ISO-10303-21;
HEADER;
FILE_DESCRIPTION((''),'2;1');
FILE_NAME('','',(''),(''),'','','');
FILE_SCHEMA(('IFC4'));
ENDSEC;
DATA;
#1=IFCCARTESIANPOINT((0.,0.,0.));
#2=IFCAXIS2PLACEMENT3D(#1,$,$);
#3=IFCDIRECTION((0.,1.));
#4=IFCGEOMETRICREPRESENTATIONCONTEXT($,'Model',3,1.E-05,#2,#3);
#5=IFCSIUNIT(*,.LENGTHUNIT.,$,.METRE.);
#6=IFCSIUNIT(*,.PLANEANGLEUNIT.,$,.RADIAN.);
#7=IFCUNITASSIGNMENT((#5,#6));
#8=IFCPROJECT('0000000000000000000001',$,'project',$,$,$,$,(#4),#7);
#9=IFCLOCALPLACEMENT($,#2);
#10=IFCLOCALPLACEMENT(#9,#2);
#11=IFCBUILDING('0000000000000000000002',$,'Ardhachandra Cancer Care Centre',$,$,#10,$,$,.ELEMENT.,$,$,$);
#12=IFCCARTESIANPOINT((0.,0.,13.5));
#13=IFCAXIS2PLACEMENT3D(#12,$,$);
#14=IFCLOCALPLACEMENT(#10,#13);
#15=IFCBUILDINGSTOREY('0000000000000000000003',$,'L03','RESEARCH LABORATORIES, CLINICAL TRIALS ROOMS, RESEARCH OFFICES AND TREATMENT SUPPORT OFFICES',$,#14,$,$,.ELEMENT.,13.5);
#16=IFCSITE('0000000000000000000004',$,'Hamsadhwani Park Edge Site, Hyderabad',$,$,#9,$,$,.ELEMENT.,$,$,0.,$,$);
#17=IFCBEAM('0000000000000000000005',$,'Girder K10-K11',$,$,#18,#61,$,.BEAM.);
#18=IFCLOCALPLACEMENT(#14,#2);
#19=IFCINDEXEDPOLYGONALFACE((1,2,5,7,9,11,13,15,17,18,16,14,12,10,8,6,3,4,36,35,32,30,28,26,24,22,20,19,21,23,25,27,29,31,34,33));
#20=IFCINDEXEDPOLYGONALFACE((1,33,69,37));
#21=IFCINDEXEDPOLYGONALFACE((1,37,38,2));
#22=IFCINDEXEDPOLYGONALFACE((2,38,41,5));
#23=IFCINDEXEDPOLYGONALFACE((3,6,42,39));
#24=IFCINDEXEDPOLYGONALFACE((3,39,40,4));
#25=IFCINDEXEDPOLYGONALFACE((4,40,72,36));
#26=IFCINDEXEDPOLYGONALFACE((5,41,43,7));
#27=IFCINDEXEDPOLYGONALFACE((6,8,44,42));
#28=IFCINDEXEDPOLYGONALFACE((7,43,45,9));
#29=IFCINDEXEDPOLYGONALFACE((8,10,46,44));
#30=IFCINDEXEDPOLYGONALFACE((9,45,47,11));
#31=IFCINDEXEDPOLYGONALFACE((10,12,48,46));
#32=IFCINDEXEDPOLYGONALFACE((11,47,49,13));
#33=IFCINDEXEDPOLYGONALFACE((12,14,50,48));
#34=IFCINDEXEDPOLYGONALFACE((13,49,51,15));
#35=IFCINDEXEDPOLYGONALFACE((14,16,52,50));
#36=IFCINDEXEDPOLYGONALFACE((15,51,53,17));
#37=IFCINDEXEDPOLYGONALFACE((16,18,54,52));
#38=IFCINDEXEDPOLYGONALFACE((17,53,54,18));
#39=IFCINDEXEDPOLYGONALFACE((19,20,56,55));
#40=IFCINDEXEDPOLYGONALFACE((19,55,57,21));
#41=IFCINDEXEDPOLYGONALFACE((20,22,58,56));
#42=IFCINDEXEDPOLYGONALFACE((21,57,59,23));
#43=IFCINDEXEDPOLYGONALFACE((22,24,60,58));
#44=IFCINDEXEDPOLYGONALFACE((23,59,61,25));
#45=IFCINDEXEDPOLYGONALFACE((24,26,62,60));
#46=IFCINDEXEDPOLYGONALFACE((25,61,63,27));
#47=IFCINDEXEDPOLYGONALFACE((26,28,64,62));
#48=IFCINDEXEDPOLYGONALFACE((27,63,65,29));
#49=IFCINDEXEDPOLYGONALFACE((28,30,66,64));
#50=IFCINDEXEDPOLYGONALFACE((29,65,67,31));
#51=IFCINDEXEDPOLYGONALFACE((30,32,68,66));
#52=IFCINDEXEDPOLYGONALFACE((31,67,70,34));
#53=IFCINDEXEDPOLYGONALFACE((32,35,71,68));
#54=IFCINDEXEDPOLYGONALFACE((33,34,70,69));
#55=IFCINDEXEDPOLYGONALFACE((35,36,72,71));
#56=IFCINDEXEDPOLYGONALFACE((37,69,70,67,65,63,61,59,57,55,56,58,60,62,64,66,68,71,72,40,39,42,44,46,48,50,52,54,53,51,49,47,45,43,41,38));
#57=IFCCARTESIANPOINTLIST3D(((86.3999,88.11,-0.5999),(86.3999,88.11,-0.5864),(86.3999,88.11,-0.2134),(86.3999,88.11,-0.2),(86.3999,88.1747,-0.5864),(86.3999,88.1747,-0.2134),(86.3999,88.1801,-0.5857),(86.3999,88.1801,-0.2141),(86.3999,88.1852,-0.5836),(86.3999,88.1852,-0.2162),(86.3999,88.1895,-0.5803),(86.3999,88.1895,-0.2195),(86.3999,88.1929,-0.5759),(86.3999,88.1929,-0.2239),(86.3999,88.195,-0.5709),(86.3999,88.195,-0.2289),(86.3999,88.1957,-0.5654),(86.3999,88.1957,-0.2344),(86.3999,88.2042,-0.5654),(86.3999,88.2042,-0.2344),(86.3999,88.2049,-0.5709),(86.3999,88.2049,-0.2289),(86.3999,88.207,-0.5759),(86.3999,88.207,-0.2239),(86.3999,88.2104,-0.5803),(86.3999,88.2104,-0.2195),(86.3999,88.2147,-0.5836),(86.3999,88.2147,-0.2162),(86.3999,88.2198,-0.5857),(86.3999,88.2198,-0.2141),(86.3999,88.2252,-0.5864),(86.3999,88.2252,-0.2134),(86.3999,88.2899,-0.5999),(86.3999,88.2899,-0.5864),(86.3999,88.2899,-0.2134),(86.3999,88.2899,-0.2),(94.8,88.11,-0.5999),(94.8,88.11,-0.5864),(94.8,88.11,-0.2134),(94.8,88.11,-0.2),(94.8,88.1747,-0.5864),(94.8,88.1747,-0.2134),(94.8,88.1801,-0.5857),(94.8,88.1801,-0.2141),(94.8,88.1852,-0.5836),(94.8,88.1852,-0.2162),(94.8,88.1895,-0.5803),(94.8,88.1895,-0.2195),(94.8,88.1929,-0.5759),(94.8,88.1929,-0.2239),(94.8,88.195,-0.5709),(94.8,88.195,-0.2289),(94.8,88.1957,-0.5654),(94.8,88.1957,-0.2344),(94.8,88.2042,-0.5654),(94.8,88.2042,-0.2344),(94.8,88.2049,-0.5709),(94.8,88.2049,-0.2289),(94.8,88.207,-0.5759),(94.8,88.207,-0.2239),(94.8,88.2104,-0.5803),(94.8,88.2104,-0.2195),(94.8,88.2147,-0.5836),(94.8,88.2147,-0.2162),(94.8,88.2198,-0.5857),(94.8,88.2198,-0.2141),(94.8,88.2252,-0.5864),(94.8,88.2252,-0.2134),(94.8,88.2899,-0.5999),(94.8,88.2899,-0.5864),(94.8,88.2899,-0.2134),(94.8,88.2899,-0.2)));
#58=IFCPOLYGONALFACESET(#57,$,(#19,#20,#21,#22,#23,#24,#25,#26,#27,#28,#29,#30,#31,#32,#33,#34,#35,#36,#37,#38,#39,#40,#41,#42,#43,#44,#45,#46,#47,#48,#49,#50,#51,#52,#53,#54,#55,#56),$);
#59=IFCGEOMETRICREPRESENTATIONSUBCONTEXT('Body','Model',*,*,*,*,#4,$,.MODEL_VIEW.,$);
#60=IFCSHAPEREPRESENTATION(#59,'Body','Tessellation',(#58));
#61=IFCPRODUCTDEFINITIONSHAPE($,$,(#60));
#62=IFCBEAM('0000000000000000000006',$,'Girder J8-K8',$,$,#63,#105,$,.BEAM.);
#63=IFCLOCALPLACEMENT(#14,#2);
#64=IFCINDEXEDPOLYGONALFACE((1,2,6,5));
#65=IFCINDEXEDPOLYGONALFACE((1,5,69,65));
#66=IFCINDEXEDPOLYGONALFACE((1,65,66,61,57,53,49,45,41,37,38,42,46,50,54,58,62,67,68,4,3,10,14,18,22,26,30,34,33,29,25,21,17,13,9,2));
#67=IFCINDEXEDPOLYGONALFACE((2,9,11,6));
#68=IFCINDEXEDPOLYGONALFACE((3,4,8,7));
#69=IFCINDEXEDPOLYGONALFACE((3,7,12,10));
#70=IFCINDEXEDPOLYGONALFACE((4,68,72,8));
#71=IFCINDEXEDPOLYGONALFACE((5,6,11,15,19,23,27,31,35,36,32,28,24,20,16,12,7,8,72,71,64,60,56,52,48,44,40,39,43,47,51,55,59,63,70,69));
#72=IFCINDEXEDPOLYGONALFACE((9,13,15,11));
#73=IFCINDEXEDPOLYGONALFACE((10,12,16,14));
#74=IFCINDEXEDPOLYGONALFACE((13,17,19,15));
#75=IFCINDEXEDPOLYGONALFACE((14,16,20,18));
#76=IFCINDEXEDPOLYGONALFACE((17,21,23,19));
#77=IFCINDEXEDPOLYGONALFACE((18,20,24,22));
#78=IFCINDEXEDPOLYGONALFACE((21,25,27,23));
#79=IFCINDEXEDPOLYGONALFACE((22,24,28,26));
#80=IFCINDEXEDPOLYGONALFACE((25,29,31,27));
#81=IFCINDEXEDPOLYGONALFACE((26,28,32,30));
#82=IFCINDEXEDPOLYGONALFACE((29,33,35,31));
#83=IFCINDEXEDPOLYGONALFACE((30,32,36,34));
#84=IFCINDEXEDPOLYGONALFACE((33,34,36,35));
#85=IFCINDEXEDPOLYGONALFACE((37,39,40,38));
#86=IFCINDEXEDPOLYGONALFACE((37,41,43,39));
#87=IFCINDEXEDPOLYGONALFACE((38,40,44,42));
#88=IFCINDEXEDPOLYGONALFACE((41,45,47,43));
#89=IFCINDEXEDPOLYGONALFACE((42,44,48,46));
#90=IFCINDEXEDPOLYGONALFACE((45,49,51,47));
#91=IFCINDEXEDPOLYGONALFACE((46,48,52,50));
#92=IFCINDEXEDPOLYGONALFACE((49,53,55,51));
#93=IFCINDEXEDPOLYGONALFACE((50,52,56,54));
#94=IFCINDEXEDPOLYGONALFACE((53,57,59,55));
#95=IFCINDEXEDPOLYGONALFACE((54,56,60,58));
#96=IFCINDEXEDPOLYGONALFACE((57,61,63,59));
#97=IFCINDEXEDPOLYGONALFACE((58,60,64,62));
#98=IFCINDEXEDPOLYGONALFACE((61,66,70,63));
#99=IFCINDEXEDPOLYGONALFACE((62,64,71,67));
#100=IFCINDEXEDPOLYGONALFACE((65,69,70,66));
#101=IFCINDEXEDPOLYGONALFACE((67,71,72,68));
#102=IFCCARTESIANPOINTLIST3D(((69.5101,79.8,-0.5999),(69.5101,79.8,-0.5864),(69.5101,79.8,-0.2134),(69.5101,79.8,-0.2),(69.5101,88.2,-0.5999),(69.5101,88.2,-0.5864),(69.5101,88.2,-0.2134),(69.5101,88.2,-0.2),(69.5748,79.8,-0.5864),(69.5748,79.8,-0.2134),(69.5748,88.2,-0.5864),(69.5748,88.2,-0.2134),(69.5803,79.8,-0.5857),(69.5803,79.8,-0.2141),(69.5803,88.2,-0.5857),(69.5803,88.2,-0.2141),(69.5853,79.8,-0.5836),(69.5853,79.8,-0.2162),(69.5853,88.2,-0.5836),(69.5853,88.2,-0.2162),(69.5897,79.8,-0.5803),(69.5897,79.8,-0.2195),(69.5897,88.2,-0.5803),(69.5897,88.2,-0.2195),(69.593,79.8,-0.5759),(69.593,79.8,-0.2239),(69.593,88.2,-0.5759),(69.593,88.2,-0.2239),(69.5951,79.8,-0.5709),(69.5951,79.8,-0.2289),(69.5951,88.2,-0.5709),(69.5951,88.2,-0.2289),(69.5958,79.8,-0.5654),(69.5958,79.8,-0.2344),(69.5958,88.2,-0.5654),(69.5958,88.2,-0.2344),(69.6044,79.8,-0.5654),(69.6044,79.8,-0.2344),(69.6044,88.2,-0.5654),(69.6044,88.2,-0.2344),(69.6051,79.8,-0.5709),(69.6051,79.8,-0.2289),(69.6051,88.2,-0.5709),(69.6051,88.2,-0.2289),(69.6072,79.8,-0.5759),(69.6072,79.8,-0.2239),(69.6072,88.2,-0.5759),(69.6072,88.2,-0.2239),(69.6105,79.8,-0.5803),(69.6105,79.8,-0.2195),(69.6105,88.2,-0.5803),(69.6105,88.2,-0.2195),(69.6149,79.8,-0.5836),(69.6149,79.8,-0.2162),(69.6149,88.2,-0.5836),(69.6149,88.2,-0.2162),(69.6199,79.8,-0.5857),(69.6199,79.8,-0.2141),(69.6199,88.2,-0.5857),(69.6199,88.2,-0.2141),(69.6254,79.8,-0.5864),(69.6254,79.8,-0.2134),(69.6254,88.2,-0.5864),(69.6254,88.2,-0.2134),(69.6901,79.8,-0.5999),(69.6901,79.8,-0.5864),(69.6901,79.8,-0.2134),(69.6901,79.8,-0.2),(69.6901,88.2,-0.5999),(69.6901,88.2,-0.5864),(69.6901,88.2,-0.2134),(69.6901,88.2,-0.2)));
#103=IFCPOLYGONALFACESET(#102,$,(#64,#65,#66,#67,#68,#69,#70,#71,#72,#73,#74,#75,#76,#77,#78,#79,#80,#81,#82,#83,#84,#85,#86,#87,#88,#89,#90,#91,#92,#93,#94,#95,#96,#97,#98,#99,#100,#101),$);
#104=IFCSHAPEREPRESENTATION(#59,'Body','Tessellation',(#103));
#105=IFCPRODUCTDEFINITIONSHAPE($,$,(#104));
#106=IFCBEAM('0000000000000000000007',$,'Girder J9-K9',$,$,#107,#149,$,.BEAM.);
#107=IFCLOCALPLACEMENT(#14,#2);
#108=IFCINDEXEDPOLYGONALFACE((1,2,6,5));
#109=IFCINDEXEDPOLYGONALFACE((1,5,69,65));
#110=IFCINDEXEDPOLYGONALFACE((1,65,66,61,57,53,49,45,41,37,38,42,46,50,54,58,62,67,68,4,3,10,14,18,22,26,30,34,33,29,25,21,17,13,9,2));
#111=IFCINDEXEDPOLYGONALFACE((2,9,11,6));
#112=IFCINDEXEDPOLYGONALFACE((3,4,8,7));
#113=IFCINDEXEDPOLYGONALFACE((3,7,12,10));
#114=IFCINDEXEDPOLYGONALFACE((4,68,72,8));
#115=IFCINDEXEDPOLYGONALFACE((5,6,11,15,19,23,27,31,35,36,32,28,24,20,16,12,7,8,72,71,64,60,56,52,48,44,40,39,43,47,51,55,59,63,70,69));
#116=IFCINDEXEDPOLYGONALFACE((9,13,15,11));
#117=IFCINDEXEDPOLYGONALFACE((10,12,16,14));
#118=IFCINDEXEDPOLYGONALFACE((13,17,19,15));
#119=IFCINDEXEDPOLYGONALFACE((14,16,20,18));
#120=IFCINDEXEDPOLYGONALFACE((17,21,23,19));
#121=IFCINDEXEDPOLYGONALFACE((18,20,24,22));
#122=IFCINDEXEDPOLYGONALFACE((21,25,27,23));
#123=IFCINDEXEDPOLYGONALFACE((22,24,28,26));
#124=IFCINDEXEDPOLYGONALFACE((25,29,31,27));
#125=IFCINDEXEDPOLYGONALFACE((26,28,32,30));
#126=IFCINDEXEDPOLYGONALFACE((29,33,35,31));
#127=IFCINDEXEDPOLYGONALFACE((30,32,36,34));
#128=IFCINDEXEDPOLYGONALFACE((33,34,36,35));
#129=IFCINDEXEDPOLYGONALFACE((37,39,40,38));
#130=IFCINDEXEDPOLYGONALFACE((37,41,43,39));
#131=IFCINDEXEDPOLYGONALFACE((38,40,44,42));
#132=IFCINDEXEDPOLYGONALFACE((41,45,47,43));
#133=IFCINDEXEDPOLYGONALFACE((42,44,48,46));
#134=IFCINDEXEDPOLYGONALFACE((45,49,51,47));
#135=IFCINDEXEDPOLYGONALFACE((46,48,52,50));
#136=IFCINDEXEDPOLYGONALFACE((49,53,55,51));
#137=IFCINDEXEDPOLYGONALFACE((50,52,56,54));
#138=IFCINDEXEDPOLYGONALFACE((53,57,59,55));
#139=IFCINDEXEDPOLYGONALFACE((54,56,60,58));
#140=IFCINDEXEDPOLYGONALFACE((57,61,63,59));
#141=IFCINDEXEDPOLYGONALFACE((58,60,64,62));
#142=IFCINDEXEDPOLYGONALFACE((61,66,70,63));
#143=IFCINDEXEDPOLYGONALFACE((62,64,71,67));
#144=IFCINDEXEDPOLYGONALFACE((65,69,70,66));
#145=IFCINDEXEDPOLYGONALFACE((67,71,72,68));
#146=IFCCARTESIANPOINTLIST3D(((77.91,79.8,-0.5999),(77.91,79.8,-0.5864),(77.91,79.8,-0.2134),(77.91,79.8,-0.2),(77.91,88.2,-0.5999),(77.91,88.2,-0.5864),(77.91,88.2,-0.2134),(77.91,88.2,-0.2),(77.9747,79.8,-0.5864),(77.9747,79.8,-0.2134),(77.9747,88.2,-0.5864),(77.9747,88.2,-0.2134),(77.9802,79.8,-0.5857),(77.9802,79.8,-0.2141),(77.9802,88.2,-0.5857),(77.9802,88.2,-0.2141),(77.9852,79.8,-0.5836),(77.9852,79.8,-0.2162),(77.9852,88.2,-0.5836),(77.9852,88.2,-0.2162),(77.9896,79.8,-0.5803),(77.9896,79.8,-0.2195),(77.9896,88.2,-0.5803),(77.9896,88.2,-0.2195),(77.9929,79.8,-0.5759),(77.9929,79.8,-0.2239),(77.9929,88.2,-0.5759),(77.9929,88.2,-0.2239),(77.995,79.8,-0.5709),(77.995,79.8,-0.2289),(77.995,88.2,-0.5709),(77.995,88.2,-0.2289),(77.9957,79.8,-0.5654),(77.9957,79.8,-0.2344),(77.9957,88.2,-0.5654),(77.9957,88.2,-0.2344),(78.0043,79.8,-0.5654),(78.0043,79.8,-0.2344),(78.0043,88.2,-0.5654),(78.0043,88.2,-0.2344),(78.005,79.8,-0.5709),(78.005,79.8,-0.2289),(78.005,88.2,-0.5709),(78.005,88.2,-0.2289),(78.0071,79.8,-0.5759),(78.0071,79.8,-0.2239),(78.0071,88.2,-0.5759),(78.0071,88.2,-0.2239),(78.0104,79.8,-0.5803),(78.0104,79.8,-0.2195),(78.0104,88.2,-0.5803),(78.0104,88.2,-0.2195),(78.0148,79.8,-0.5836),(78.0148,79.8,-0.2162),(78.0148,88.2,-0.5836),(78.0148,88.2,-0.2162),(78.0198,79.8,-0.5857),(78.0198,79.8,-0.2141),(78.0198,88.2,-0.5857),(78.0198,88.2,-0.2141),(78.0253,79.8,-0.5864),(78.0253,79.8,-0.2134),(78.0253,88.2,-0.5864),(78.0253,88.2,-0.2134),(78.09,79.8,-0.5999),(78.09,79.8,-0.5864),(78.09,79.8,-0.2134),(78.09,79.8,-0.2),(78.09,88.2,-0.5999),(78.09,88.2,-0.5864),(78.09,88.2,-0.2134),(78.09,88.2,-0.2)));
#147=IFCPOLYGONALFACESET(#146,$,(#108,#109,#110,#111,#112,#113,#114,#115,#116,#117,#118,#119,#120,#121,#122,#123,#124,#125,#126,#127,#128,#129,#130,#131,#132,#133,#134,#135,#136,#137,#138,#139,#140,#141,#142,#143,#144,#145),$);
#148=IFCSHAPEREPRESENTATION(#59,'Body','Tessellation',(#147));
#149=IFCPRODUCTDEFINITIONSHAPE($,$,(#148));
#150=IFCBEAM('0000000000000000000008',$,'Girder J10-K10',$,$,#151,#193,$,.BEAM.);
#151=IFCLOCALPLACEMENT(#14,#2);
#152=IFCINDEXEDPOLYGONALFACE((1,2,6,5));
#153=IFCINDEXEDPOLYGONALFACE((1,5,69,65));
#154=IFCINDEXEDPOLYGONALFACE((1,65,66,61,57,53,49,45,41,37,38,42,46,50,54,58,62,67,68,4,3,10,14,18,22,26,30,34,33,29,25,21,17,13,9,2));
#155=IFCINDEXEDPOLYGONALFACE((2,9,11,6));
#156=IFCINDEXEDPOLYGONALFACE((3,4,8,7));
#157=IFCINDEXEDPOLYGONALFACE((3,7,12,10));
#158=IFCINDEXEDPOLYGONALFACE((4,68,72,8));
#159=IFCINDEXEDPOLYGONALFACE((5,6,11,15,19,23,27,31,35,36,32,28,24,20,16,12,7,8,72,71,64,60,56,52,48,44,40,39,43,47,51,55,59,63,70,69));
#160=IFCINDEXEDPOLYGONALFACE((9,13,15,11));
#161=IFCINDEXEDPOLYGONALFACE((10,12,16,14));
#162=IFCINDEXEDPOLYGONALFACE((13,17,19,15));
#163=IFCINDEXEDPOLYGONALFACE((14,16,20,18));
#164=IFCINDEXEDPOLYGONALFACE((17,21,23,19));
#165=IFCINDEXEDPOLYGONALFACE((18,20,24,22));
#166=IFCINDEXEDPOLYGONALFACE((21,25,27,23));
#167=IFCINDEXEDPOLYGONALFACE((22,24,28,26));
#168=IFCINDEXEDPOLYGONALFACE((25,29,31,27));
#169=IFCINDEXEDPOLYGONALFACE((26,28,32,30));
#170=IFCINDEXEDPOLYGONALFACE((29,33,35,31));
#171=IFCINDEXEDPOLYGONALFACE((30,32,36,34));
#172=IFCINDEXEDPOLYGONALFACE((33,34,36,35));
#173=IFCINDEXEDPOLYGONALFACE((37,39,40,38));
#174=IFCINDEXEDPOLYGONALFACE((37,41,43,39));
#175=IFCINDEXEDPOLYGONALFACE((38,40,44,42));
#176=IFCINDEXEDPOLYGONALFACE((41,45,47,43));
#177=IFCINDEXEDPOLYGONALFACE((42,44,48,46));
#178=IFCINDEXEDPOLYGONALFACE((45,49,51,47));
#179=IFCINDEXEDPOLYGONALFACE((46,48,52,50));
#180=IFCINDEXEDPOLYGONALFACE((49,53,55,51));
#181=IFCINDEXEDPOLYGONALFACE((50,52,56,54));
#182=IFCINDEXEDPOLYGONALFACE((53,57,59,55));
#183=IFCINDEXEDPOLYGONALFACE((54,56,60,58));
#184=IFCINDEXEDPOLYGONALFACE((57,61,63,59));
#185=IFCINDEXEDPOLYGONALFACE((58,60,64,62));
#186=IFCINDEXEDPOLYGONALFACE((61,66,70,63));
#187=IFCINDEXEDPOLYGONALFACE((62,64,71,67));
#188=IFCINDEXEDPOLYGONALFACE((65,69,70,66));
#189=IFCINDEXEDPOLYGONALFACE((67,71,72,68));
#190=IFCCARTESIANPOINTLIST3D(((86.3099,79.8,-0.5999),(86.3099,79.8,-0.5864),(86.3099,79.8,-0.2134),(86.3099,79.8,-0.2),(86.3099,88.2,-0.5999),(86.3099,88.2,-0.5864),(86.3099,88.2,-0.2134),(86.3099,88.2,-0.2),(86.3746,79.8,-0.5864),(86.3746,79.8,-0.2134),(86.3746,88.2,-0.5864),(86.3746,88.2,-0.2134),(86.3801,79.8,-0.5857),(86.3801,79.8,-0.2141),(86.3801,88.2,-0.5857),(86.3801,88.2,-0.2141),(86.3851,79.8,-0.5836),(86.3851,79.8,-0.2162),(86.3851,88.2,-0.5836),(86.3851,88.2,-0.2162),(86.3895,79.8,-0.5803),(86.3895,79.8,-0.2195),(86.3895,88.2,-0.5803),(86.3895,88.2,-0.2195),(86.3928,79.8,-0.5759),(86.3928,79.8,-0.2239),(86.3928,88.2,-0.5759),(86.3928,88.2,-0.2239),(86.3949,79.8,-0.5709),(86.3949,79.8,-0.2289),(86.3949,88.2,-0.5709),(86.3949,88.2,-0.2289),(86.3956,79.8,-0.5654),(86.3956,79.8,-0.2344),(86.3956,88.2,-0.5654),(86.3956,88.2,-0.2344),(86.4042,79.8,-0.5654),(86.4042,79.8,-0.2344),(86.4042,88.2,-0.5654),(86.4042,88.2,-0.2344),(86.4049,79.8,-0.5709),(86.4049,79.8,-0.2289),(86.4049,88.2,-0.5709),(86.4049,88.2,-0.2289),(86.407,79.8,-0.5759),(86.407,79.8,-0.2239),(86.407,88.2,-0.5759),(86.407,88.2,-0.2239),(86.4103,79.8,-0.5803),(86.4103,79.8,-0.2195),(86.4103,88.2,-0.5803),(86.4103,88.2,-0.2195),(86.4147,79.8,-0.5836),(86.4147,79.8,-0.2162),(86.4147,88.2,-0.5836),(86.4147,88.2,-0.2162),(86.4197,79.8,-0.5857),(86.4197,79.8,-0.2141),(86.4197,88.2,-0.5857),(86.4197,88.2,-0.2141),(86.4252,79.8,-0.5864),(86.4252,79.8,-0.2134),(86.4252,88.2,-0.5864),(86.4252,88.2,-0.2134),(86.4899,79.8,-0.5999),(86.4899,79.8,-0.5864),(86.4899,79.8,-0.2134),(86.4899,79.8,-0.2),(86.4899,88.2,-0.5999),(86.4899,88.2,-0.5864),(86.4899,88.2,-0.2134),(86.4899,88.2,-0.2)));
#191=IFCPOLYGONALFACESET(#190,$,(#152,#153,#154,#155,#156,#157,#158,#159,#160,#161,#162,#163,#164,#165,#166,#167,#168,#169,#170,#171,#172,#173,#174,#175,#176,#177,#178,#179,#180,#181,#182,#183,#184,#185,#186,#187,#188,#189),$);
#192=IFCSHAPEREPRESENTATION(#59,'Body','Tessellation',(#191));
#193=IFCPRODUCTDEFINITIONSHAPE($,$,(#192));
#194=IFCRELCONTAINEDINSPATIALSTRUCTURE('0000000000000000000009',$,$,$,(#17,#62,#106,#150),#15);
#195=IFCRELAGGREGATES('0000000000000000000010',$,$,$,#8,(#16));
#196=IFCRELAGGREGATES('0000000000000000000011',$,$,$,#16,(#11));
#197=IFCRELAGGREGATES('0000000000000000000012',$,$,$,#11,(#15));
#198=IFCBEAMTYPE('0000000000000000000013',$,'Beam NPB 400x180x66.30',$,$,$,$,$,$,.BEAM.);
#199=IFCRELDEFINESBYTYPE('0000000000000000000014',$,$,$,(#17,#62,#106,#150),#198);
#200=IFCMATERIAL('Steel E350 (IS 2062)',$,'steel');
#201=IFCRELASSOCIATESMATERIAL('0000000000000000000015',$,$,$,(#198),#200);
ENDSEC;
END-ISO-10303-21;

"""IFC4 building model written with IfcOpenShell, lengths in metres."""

from ifc_helpers import new_model, si_unit, direction, frame, origin, origin_2d, place, context, subcontext, project, spatial, i_section, extrude, material, material_profile, profile_set, type_object, element, save


model = new_model("IFC4")

# Units and contexts
model_context = context("Model", 3, precision=1e-05, world=origin(), true_north=direction((0.0, 1.0)))
body_context = subcontext(model_context, "Body", "Model", "MODEL_VIEW")
ifc_project = project(units=[si_unit("LENGTHUNIT", "METRE"), si_unit("PLANEANGLEUNIT", "RADIAN")], contexts=[model_context])

# Site, building, storey
site_placement = place(None, origin())
site = spatial("IfcSite", under=ifc_project, at=site_placement, Name="Hamsadhwani Park Edge Site, Hyderabad", CompositionType="ELEMENT", RefElevation=0.0)
building_placement = place(site_placement, origin())
building = spatial("IfcBuilding", under=site, at=building_placement, Name="Ardhachandra Cancer Care Centre", CompositionType="ELEMENT")
storey_placement = place(building_placement, frame((0.0, 0.0, 13.5)))
storey = spatial("IfcBuildingStorey", under=building, at=storey_placement, Name="L03", Description="RESEARCH LABORATORIES, CLINICAL TRIALS ROOMS, RESEARCH OFFICES AND TREATMENT SUPPORT OFFICES", CompositionType="ELEMENT", Elevation=13.5)

# Beams
ifc_material_1 = material(Name="Steel E350 (IS 2062)", Category="steel")
ifc_material_profile_1 = material_profile(ifc_material_1, i_section(OverallWidth=0.1799, OverallDepth=0.3999, WebThickness=0.0085, FlangeThickness=0.0134, FilletRadius=0.021, at=origin_2d()), Name="NPB 400x180x66.30")
ifc_profile_set_1 = profile_set([ifc_material_profile_1], Name="Steel E350 (IS 2062)")
beam_type_1 = type_object("IfcBeamType", Name="Beam NPB 400x180x66.30", PredefinedType="BEAM", material=ifc_profile_set_1)
beam_1_placement = place(storey_placement, frame((86.3999, 88.2, -0.3999), z_axis=(1.0, 0.0, 0.0), x_axis=(0.0, 1.0, 0.0)))
element("IfcBeam", 1, at=beam_1_placement, inside=storey, type_object=beam_type_1, Name="Girder K10-K11", PredefinedType="BEAM", context=body_context, shape_type="SweptSolid", body=[
    extrude(i_section(OverallWidth=0.1799, OverallDepth=0.3999, WebThickness=0.0085, FlangeThickness=0.0134, FilletRadius=0.021, at=origin_2d()), origin(), (0.0, 0.0, 1.0), 8.4001),
])
for number, where, z_axis, x_axis, name in (
    (2, (69.6001, 79.8, -0.3999), (0.0, 1.0, 0.0), (-1.0, 0.0, 0.0), "Girder J8-K8"),
    (3, (78.0, 79.8, -0.3999), (0.0, 1.0, 0.0), (-1.0, 0.0, 0.0), "Girder J9-K9"),
    (4, (86.3999, 79.8, -0.3999), (0.0, 1.0, 0.0), (-1.0, 0.0, 0.0), "Girder J10-K10"),
):
    element("IfcBeam", number, at=place(storey_placement, frame(where, z_axis=z_axis, x_axis=x_axis)), inside=storey, type_object=beam_type_1, Name=name, PredefinedType="BEAM", context=body_context, shape_type="SweptSolid", body=[
        extrude(i_section(OverallWidth=0.1799, OverallDepth=0.3999, WebThickness=0.0085, FlangeThickness=0.0134, FilletRadius=0.021, at=origin_2d()), origin(), (0.0, 0.0, 1.0), 8.3999),
    ])

save(model, "model.ifc")
